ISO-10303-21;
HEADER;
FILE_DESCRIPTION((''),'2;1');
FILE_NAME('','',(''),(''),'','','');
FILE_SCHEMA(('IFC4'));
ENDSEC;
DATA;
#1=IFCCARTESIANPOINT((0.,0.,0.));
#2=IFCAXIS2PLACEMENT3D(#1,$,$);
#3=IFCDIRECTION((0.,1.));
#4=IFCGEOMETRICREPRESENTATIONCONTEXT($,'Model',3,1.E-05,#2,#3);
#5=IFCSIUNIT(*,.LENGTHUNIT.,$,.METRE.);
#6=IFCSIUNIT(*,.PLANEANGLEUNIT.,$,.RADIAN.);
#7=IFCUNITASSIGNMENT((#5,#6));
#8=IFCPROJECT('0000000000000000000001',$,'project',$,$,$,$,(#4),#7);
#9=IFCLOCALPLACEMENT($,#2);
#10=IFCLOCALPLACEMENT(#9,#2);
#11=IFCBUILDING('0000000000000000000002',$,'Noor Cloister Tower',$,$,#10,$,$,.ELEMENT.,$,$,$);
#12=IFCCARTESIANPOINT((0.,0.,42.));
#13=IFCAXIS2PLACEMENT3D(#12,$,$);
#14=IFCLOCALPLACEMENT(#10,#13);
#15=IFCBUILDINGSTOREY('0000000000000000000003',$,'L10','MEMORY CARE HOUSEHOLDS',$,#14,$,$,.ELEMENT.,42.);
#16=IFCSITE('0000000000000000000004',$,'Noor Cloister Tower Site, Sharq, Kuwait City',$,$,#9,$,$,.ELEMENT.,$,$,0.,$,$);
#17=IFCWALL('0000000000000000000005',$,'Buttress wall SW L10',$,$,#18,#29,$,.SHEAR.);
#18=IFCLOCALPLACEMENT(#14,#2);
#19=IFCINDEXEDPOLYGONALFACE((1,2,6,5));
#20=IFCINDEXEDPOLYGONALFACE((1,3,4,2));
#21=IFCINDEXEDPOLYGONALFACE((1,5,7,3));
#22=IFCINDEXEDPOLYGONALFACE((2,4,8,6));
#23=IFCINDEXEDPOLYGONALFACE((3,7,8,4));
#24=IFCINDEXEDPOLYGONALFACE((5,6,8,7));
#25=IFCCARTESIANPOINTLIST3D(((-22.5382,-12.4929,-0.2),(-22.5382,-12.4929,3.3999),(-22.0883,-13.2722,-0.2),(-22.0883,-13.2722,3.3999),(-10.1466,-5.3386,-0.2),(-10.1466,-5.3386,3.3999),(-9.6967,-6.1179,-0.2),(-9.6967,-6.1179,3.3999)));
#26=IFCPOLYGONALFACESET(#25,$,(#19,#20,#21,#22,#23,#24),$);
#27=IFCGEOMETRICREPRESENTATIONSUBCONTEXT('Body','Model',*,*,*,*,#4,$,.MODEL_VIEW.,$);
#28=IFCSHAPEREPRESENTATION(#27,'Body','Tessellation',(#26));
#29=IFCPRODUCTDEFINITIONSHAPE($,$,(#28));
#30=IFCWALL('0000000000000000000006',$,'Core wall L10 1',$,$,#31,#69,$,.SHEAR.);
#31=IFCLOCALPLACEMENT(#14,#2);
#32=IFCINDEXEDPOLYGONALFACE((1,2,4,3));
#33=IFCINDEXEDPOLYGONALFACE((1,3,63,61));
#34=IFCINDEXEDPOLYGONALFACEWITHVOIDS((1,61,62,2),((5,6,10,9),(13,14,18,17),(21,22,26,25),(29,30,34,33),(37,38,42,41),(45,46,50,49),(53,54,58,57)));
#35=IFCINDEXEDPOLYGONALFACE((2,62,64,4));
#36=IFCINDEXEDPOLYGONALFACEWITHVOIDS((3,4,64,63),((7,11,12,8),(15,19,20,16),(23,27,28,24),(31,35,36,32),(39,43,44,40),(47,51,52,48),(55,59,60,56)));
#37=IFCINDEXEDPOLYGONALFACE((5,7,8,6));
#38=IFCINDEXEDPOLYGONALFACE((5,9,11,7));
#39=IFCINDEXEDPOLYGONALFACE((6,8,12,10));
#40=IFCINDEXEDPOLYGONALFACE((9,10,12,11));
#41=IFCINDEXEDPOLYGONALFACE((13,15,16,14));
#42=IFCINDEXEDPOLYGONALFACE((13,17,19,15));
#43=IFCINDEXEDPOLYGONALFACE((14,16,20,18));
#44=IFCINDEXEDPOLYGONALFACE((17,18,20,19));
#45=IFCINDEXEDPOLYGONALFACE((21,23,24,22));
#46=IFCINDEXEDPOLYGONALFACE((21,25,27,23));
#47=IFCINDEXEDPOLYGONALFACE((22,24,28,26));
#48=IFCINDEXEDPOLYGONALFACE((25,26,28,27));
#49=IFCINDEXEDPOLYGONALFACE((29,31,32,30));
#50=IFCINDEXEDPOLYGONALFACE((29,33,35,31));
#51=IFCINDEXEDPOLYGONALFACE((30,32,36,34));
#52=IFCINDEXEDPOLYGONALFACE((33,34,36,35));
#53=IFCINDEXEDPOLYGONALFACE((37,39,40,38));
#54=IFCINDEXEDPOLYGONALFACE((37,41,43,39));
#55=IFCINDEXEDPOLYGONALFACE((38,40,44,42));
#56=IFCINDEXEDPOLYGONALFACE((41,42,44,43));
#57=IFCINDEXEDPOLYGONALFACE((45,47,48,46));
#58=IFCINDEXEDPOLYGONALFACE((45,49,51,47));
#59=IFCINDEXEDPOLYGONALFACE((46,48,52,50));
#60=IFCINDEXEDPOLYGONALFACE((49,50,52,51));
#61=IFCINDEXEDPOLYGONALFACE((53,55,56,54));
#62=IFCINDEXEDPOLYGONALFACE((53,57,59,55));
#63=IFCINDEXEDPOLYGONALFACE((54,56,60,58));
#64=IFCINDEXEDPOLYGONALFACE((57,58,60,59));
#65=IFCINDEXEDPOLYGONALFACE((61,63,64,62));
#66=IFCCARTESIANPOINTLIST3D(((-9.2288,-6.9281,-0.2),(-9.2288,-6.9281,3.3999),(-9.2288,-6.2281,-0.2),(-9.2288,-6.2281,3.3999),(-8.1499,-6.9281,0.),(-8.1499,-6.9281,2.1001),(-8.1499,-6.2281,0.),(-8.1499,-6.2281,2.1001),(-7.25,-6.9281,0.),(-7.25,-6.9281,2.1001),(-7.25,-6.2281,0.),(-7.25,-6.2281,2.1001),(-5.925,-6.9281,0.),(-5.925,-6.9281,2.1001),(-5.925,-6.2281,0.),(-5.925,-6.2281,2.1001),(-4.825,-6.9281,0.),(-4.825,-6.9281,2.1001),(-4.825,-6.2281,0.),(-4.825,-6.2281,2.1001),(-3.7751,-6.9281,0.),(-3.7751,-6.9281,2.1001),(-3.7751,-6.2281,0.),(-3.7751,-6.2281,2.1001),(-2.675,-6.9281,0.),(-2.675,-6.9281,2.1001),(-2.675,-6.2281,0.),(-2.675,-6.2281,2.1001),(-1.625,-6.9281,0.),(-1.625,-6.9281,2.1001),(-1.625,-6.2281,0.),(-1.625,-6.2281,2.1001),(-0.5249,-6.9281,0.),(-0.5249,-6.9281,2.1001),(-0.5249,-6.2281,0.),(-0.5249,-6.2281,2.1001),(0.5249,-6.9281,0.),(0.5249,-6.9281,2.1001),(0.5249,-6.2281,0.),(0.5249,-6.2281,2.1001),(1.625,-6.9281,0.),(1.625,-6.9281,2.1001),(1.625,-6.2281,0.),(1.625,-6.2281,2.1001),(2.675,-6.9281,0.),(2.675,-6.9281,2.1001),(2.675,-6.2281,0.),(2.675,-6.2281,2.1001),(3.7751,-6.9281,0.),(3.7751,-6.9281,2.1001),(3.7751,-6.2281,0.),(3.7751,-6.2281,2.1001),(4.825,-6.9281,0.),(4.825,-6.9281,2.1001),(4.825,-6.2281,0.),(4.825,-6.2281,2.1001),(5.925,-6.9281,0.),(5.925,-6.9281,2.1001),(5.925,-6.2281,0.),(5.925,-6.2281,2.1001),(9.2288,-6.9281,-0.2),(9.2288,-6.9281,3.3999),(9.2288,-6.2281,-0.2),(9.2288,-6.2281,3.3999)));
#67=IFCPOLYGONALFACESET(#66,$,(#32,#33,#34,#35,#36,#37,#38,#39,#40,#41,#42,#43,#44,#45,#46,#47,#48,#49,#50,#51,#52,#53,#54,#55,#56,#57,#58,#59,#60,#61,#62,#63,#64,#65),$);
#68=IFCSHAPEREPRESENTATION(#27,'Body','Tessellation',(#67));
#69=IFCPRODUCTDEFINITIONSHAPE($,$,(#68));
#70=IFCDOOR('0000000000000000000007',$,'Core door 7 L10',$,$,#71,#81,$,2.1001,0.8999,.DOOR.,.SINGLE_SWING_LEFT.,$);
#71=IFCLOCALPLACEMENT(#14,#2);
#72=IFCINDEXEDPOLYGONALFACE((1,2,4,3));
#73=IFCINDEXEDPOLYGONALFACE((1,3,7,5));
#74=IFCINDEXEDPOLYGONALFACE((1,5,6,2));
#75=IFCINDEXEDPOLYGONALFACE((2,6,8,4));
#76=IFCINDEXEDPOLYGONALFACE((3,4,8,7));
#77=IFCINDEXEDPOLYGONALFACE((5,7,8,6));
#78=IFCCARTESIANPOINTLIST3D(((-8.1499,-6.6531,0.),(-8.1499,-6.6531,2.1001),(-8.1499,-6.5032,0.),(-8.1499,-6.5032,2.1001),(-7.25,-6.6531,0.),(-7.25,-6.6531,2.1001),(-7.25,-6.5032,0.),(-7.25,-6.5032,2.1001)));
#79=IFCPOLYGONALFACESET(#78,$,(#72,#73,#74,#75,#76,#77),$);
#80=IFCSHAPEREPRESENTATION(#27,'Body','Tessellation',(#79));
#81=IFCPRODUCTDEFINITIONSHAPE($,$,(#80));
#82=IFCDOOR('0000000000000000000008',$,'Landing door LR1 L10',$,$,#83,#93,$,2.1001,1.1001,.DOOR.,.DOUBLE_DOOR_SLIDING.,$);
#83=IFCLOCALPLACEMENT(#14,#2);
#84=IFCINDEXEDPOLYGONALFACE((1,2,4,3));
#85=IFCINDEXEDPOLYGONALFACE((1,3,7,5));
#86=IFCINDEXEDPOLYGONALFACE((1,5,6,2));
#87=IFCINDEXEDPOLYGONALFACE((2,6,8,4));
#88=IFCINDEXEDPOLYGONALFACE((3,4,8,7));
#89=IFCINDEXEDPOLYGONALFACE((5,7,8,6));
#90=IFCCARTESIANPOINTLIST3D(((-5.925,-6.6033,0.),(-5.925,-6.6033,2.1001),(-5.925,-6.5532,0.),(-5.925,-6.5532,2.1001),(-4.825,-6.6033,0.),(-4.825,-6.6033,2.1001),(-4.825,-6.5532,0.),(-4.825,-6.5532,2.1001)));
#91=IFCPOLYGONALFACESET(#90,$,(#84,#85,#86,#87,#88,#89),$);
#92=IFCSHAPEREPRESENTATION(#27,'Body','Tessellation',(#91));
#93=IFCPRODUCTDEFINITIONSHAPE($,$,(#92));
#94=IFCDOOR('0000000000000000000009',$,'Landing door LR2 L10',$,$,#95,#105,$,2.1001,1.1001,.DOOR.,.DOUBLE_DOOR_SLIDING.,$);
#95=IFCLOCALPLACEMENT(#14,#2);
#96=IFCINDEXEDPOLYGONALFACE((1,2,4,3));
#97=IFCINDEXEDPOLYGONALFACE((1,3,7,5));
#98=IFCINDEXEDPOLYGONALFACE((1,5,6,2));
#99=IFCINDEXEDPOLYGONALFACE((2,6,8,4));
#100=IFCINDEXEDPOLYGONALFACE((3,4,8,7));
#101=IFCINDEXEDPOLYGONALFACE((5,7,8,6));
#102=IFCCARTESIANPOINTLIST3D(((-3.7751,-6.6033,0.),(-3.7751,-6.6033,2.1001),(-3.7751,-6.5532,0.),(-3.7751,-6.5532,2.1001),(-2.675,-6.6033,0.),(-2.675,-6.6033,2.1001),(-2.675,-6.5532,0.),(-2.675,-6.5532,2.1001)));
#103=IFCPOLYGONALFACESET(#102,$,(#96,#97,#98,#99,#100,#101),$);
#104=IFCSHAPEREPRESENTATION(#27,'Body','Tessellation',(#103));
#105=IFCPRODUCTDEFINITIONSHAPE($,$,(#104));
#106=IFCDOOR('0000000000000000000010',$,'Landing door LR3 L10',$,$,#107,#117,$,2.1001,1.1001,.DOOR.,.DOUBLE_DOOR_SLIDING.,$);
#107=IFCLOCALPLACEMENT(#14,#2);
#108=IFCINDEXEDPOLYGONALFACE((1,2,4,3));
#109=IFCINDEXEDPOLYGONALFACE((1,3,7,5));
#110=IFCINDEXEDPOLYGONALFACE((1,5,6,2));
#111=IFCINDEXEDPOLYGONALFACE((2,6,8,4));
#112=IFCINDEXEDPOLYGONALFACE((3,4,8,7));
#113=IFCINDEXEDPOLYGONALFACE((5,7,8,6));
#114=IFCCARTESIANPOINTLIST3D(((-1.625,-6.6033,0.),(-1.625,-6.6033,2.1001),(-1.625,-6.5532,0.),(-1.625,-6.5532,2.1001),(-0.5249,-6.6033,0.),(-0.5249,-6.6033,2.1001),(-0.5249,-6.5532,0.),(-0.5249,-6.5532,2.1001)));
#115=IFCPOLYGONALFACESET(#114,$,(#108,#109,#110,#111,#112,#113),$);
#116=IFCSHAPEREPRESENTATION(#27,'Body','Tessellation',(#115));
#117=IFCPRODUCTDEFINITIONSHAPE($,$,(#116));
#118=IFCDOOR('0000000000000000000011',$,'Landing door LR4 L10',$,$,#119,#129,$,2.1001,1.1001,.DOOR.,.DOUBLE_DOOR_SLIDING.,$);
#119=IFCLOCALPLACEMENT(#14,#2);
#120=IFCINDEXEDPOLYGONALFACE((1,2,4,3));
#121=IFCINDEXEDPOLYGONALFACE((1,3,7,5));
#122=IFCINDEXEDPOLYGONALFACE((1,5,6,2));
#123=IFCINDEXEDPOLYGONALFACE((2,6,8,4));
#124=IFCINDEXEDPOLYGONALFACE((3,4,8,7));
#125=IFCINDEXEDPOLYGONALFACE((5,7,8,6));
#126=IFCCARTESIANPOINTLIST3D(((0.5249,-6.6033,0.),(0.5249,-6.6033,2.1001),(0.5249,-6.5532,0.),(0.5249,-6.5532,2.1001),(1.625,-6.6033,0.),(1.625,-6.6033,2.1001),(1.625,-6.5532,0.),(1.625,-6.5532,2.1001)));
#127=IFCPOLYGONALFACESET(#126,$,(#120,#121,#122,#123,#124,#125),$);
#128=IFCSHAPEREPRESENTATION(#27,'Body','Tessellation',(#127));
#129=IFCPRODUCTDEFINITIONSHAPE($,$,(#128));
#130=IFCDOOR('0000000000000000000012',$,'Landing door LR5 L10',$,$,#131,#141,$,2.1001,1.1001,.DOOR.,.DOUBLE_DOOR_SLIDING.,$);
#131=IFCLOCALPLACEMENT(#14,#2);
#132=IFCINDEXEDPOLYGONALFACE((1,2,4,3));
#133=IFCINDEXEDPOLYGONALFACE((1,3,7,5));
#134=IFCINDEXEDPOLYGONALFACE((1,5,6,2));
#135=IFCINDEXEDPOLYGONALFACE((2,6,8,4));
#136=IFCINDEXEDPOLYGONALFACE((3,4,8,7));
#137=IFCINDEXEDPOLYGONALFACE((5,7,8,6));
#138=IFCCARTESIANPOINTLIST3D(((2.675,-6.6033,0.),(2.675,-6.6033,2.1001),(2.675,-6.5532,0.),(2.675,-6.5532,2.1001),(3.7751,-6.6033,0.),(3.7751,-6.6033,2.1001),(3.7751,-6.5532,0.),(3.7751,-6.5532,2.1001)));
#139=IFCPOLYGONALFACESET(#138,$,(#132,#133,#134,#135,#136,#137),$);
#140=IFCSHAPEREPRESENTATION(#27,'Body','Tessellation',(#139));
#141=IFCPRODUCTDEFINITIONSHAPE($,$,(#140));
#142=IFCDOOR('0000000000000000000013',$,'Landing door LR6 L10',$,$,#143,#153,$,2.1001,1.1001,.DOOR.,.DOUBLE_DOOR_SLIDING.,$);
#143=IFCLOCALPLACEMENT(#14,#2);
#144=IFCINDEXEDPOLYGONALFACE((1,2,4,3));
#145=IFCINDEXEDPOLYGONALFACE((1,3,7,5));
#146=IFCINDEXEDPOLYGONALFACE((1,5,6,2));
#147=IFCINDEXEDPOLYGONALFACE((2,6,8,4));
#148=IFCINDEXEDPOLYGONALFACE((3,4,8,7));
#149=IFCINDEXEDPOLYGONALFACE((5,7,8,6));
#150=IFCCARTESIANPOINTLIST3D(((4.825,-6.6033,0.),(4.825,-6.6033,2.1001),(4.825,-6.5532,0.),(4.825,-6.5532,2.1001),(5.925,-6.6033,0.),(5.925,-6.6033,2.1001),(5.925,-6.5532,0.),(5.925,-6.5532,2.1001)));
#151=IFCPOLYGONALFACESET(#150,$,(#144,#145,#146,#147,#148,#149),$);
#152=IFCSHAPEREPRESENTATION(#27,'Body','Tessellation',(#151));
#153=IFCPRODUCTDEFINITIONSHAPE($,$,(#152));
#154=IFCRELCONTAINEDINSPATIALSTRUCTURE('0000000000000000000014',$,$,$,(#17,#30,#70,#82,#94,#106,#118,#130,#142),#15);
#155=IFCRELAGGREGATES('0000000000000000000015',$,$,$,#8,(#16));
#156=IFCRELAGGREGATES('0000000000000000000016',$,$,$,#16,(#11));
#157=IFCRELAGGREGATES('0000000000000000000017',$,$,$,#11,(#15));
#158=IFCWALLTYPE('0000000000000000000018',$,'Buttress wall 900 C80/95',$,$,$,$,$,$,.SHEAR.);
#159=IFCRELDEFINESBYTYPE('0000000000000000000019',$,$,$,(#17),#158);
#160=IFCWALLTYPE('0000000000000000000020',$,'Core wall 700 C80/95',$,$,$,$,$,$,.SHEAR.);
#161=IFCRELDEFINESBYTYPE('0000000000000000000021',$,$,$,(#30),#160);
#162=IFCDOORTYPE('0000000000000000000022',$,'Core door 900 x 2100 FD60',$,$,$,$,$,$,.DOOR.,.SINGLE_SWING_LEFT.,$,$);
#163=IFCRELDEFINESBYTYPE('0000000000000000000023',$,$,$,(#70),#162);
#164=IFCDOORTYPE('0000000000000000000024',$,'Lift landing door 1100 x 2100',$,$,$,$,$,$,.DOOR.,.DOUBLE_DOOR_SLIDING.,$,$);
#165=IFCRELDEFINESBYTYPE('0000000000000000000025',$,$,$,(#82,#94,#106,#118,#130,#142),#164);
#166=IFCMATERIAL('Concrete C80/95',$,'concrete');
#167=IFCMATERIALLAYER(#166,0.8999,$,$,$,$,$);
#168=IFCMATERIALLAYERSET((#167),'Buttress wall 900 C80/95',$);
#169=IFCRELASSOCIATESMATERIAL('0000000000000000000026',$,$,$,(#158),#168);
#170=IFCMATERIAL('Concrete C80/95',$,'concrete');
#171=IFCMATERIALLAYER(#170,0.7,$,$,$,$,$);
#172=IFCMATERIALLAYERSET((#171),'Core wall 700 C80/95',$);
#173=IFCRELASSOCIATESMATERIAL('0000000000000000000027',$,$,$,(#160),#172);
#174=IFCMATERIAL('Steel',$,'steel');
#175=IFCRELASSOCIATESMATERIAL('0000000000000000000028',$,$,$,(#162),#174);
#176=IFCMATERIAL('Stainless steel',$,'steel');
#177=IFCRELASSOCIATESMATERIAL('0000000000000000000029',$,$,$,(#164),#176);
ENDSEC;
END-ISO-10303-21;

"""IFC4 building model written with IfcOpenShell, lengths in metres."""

from ifc_helpers import new_model, si_unit, direction, frame, frame_2d, origin, place, context, subcontext, project, spatial, rectangle, extrude, material, layer, layer_set, type_object, element, fill, save


model = new_model("IFC4")

# Units and contexts
model_context = context("Model", 3, precision=1e-05, world=origin(), true_north=direction((0.0, 1.0)))
body_context = subcontext(model_context, "Body", "Model", "MODEL_VIEW")
ifc_project = project(units=[si_unit("LENGTHUNIT", "METRE"), si_unit("PLANEANGLEUNIT", "RADIAN")], contexts=[model_context])

# Site, building, storey
site_placement = place(None, origin())
site = spatial("IfcSite", under=ifc_project, at=site_placement, Name="Noor Cloister Tower Site, Sharq, Kuwait City", CompositionType="ELEMENT", RefElevation=0.0)
building_placement = place(site_placement, origin())
building = spatial("IfcBuilding", under=site, at=building_placement, Name="Noor Cloister Tower", CompositionType="ELEMENT")
storey_placement = place(building_placement, frame((0.0, 0.0, 42.0)))
storey = spatial("IfcBuildingStorey", under=building, at=storey_placement, Name="L10", Description="MEMORY CARE HOUSEHOLDS", CompositionType="ELEMENT", Elevation=42.0)

# Wall
ifc_material_1 = material(Name="Concrete C80/95", Category="concrete")
ifc_layer_1 = layer(ifc_material_1, 0.8999)
ifc_layer_set_1 = layer_set([ifc_layer_1], Name="Buttress wall 900 C80/95")
wall_type_1 = type_object("IfcWallType", Name="Buttress wall 900 C80/95", PredefinedType="SHEAR", material=ifc_layer_set_1)
wall_1_placement = place(storey_placement, frame((-9.9216, -5.7283, -0.2), z_axis=(0.0, 0.0, 1.0), x_axis=(-0.866025, -0.5, 0.0)))
element("IfcWall", 1, at=wall_1_placement, inside=storey, type_object=wall_type_1, Name="Buttress wall SW L10", PredefinedType="SHEAR", context=body_context, shape_type="SweptSolid", body=[
    extrude(rectangle(XDim=14.3086, YDim=0.8999, at=frame_2d((7.1543, 0.0))), origin(), (0.0, 0.0, 1.0), 3.5999),
])

# Wall, openings, doors
ifc_material_2 = material(Name="Concrete C80/95", Category="concrete")
ifc_layer_2 = layer(ifc_material_2, 0.7)
ifc_layer_set_2 = layer_set([ifc_layer_2], Name="Core wall 700 C80/95")
wall_type_2 = type_object("IfcWallType", Name="Core wall 700 C80/95", PredefinedType="SHEAR", material=ifc_layer_set_2)
wall_2_placement = place(storey_placement, frame((-9.2288, -6.5781, -0.2), z_axis=(0.0, 0.0, 1.0), x_axis=(1.0, 0.0, 0.0)))
wall_2 = element("IfcWall", 2, at=wall_2_placement, inside=storey, type_object=wall_type_2, Name="Core wall L10 1", PredefinedType="SHEAR", context=body_context, shape_type="SweptSolid", body=[
    extrude(rectangle(XDim=18.4575, YDim=0.7, at=frame_2d((9.2288, 0.0))), origin(), (0.0, 0.0, 1.0), 3.5999),
])
opening_1_placement = place(wall_2_placement, frame((3.3037, 0.0, 0.2)))
opening_1 = element("IfcOpeningElement", 3, at=opening_1_placement, cuts=wall_2, PredefinedType="OPENING", context=body_context, shape_type="SweptSolid", body=[
    extrude(rectangle(XDim=1.1001, YDim=2.1001, at=frame_2d((0.55, 1.05))), frame((0.0, 0.3599, 0.0), z_axis=(0.0, -1.0, 0.0), x_axis=(1.0, 0.0, 0.0)), (0.0, 0.0, 1.0), 0.72),
])
opening_2_placement = place(wall_2_placement, frame((5.4536, 0.0, 0.2)))
opening_2 = element("IfcOpeningElement", 4, at=opening_2_placement, cuts=wall_2, PredefinedType="OPENING", context=body_context, shape_type="SweptSolid", body=[
    extrude(rectangle(XDim=1.1001, YDim=2.1001, at=frame_2d((0.55, 1.05))), frame((0.0, 0.3599, 0.0), z_axis=(0.0, -1.0, 0.0), x_axis=(1.0, 0.0, 0.0)), (0.0, 0.0, 1.0), 0.72),
])
opening_3_placement = place(wall_2_placement, frame((7.6038, 0.0, 0.2)))
opening_3 = element("IfcOpeningElement", 5, at=opening_3_placement, cuts=wall_2, PredefinedType="OPENING", context=body_context, shape_type="SweptSolid", body=[
    extrude(rectangle(XDim=1.1001, YDim=2.1001, at=frame_2d((0.55, 1.05))), frame((0.0, 0.3599, 0.0), z_axis=(0.0, -1.0, 0.0), x_axis=(1.0, 0.0, 0.0)), (0.0, 0.0, 1.0), 0.72),
])
opening_4_placement = place(wall_2_placement, frame((9.7537, 0.0, 0.2)))
opening_4 = element("IfcOpeningElement", 6, at=opening_4_placement, cuts=wall_2, PredefinedType="OPENING", context=body_context, shape_type="SweptSolid", body=[
    extrude(rectangle(XDim=1.1001, YDim=2.1001, at=frame_2d((0.55, 1.05))), frame((0.0, 0.3599, 0.0), z_axis=(0.0, -1.0, 0.0), x_axis=(1.0, 0.0, 0.0)), (0.0, 0.0, 1.0), 0.72),
])
opening_5_placement = place(wall_2_placement, frame((11.9038, 0.0, 0.2)))
opening_5 = element("IfcOpeningElement", 7, at=opening_5_placement, cuts=wall_2, PredefinedType="OPENING", context=body_context, shape_type="SweptSolid", body=[
    extrude(rectangle(XDim=1.1001, YDim=2.1001, at=frame_2d((0.55, 1.05))), frame((0.0, 0.3599, 0.0), z_axis=(0.0, -1.0, 0.0), x_axis=(1.0, 0.0, 0.0)), (0.0, 0.0, 1.0), 0.72),
])
opening_6_placement = place(wall_2_placement, frame((14.0537, 0.0, 0.2)))
opening_6 = element("IfcOpeningElement", 8, at=opening_6_placement, cuts=wall_2, PredefinedType="OPENING", context=body_context, shape_type="SweptSolid", body=[
    extrude(rectangle(XDim=1.1001, YDim=2.1001, at=frame_2d((0.55, 1.05))), frame((0.0, 0.3599, 0.0), z_axis=(0.0, -1.0, 0.0), x_axis=(1.0, 0.0, 0.0)), (0.0, 0.0, 1.0), 0.72),
])
opening_7_placement = place(wall_2_placement, frame((1.0789, 0.0, 0.2)))
opening_7 = element("IfcOpeningElement", 9, at=opening_7_placement, cuts=wall_2, PredefinedType="OPENING", context=body_context, shape_type="SweptSolid", body=[
    extrude(rectangle(XDim=0.8999, YDim=2.1001, at=frame_2d((0.45, 1.05))), frame((0.0, 0.3599, 0.0), z_axis=(0.0, -1.0, 0.0), x_axis=(1.0, 0.0, 0.0)), (0.0, 0.0, 1.0), 0.72),
])
ifc_material_3 = material(Name="Steel", Category="steel")
door_type_1 = type_object("IfcDoorType", Name="Core door 900 x 2100 FD60", OperationType="SINGLE_SWING_LEFT", PredefinedType="DOOR", material=ifc_material_3)
door_1_placement = place(opening_7_placement, origin())
door_1 = element("IfcDoor", 10, at=door_1_placement, inside=storey, type_object=door_type_1, Name="Core door 7 L10", OperationType="SINGLE_SWING_LEFT", OverallHeight=2.1001, OverallWidth=0.8999, PredefinedType="DOOR", context=body_context, shape_type="SweptSolid", body=[
    extrude(rectangle(XDim=0.8999, YDim=2.1001, at=frame_2d((0.45, 1.05))), frame((0.0, 0.075, 0.0), z_axis=(0.0, -1.0, 0.0), x_axis=(1.0, 0.0, 0.0)), (0.0, 0.0, 1.0), 0.1499),
])
fill(opening_7, door_1)
ifc_material_4 = material(Name="Stainless steel", Category="steel")
door_type_2 = type_object("IfcDoorType", Name="Lift landing door 1100 x 2100", OperationType="DOUBLE_DOOR_SLIDING", PredefinedType="DOOR", material=ifc_material_4)
door_2_placement = place(opening_1_placement, origin())
door_2 = element("IfcDoor", 11, at=door_2_placement, inside=storey, type_object=door_type_2, Name="Landing door LR1 L10", OperationType="DOUBLE_DOOR_SLIDING", OverallHeight=2.1001, OverallWidth=1.1001, PredefinedType="DOOR", context=body_context, shape_type="SweptSolid", body=[
    extrude(rectangle(XDim=1.1001, YDim=2.1001, at=frame_2d((0.55, 1.05))), frame((0.0, 0.0249, 0.0), z_axis=(0.0, -1.0, 0.0), x_axis=(1.0, 0.0, 0.0)), (0.0, 0.0, 1.0), 0.05),
])
fill(opening_1, door_2)
door_3_placement = place(opening_2_placement, origin())
door_3 = element("IfcDoor", 12, at=door_3_placement, inside=storey, type_object=door_type_2, Name="Landing door LR2 L10", OperationType="DOUBLE_DOOR_SLIDING", OverallHeight=2.1001, OverallWidth=1.1001, PredefinedType="DOOR", context=body_context, shape_type="SweptSolid", body=[
    extrude(rectangle(XDim=1.1001, YDim=2.1001, at=frame_2d((0.55, 1.05))), frame((0.0, 0.0249, 0.0), z_axis=(0.0, -1.0, 0.0), x_axis=(1.0, 0.0, 0.0)), (0.0, 0.0, 1.0), 0.05),
])
fill(opening_2, door_3)
door_4_placement = place(opening_3_placement, origin())
door_4 = element("IfcDoor", 13, at=door_4_placement, inside=storey, type_object=door_type_2, Name="Landing door LR3 L10", OperationType="DOUBLE_DOOR_SLIDING", OverallHeight=2.1001, OverallWidth=1.1001, PredefinedType="DOOR", context=body_context, shape_type="SweptSolid", body=[
    extrude(rectangle(XDim=1.1001, YDim=2.1001, at=frame_2d((0.55, 1.05))), frame((0.0, 0.0249, 0.0), z_axis=(0.0, -1.0, 0.0), x_axis=(1.0, 0.0, 0.0)), (0.0, 0.0, 1.0), 0.05),
])
fill(opening_3, door_4)
door_5_placement = place(opening_4_placement, origin())
door_5 = element("IfcDoor", 14, at=door_5_placement, inside=storey, type_object=door_type_2, Name="Landing door LR4 L10", OperationType="DOUBLE_DOOR_SLIDING", OverallHeight=2.1001, OverallWidth=1.1001, PredefinedType="DOOR", context=body_context, shape_type="SweptSolid", body=[
    extrude(rectangle(XDim=1.1001, YDim=2.1001, at=frame_2d((0.55, 1.05))), frame((0.0, 0.0249, 0.0), z_axis=(0.0, -1.0, 0.0), x_axis=(1.0, 0.0, 0.0)), (0.0, 0.0, 1.0), 0.05),
])
fill(opening_4, door_5)
door_6_placement = place(opening_5_placement, origin())
door_6 = element("IfcDoor", 15, at=door_6_placement, inside=storey, type_object=door_type_2, Name="Landing door LR5 L10", OperationType="DOUBLE_DOOR_SLIDING", OverallHeight=2.1001, OverallWidth=1.1001, PredefinedType="DOOR", context=body_context, shape_type="SweptSolid", body=[
    extrude(rectangle(XDim=1.1001, YDim=2.1001, at=frame_2d((0.55, 1.05))), frame((0.0, 0.0249, 0.0), z_axis=(0.0, -1.0, 0.0), x_axis=(1.0, 0.0, 0.0)), (0.0, 0.0, 1.0), 0.05),
])
fill(opening_5, door_6)
door_7_placement = place(opening_6_placement, origin())
door_7 = element("IfcDoor", 16, at=door_7_placement, inside=storey, type_object=door_type_2, Name="Landing door LR6 L10", OperationType="DOUBLE_DOOR_SLIDING", OverallHeight=2.1001, OverallWidth=1.1001, PredefinedType="DOOR", context=body_context, shape_type="SweptSolid", body=[
    extrude(rectangle(XDim=1.1001, YDim=2.1001, at=frame_2d((0.55, 1.05))), frame((0.0, 0.0249, 0.0), z_axis=(0.0, -1.0, 0.0), x_axis=(1.0, 0.0, 0.0)), (0.0, 0.0, 1.0), 0.05),
])
fill(opening_6, door_7)

save(model, "model.ifc")
